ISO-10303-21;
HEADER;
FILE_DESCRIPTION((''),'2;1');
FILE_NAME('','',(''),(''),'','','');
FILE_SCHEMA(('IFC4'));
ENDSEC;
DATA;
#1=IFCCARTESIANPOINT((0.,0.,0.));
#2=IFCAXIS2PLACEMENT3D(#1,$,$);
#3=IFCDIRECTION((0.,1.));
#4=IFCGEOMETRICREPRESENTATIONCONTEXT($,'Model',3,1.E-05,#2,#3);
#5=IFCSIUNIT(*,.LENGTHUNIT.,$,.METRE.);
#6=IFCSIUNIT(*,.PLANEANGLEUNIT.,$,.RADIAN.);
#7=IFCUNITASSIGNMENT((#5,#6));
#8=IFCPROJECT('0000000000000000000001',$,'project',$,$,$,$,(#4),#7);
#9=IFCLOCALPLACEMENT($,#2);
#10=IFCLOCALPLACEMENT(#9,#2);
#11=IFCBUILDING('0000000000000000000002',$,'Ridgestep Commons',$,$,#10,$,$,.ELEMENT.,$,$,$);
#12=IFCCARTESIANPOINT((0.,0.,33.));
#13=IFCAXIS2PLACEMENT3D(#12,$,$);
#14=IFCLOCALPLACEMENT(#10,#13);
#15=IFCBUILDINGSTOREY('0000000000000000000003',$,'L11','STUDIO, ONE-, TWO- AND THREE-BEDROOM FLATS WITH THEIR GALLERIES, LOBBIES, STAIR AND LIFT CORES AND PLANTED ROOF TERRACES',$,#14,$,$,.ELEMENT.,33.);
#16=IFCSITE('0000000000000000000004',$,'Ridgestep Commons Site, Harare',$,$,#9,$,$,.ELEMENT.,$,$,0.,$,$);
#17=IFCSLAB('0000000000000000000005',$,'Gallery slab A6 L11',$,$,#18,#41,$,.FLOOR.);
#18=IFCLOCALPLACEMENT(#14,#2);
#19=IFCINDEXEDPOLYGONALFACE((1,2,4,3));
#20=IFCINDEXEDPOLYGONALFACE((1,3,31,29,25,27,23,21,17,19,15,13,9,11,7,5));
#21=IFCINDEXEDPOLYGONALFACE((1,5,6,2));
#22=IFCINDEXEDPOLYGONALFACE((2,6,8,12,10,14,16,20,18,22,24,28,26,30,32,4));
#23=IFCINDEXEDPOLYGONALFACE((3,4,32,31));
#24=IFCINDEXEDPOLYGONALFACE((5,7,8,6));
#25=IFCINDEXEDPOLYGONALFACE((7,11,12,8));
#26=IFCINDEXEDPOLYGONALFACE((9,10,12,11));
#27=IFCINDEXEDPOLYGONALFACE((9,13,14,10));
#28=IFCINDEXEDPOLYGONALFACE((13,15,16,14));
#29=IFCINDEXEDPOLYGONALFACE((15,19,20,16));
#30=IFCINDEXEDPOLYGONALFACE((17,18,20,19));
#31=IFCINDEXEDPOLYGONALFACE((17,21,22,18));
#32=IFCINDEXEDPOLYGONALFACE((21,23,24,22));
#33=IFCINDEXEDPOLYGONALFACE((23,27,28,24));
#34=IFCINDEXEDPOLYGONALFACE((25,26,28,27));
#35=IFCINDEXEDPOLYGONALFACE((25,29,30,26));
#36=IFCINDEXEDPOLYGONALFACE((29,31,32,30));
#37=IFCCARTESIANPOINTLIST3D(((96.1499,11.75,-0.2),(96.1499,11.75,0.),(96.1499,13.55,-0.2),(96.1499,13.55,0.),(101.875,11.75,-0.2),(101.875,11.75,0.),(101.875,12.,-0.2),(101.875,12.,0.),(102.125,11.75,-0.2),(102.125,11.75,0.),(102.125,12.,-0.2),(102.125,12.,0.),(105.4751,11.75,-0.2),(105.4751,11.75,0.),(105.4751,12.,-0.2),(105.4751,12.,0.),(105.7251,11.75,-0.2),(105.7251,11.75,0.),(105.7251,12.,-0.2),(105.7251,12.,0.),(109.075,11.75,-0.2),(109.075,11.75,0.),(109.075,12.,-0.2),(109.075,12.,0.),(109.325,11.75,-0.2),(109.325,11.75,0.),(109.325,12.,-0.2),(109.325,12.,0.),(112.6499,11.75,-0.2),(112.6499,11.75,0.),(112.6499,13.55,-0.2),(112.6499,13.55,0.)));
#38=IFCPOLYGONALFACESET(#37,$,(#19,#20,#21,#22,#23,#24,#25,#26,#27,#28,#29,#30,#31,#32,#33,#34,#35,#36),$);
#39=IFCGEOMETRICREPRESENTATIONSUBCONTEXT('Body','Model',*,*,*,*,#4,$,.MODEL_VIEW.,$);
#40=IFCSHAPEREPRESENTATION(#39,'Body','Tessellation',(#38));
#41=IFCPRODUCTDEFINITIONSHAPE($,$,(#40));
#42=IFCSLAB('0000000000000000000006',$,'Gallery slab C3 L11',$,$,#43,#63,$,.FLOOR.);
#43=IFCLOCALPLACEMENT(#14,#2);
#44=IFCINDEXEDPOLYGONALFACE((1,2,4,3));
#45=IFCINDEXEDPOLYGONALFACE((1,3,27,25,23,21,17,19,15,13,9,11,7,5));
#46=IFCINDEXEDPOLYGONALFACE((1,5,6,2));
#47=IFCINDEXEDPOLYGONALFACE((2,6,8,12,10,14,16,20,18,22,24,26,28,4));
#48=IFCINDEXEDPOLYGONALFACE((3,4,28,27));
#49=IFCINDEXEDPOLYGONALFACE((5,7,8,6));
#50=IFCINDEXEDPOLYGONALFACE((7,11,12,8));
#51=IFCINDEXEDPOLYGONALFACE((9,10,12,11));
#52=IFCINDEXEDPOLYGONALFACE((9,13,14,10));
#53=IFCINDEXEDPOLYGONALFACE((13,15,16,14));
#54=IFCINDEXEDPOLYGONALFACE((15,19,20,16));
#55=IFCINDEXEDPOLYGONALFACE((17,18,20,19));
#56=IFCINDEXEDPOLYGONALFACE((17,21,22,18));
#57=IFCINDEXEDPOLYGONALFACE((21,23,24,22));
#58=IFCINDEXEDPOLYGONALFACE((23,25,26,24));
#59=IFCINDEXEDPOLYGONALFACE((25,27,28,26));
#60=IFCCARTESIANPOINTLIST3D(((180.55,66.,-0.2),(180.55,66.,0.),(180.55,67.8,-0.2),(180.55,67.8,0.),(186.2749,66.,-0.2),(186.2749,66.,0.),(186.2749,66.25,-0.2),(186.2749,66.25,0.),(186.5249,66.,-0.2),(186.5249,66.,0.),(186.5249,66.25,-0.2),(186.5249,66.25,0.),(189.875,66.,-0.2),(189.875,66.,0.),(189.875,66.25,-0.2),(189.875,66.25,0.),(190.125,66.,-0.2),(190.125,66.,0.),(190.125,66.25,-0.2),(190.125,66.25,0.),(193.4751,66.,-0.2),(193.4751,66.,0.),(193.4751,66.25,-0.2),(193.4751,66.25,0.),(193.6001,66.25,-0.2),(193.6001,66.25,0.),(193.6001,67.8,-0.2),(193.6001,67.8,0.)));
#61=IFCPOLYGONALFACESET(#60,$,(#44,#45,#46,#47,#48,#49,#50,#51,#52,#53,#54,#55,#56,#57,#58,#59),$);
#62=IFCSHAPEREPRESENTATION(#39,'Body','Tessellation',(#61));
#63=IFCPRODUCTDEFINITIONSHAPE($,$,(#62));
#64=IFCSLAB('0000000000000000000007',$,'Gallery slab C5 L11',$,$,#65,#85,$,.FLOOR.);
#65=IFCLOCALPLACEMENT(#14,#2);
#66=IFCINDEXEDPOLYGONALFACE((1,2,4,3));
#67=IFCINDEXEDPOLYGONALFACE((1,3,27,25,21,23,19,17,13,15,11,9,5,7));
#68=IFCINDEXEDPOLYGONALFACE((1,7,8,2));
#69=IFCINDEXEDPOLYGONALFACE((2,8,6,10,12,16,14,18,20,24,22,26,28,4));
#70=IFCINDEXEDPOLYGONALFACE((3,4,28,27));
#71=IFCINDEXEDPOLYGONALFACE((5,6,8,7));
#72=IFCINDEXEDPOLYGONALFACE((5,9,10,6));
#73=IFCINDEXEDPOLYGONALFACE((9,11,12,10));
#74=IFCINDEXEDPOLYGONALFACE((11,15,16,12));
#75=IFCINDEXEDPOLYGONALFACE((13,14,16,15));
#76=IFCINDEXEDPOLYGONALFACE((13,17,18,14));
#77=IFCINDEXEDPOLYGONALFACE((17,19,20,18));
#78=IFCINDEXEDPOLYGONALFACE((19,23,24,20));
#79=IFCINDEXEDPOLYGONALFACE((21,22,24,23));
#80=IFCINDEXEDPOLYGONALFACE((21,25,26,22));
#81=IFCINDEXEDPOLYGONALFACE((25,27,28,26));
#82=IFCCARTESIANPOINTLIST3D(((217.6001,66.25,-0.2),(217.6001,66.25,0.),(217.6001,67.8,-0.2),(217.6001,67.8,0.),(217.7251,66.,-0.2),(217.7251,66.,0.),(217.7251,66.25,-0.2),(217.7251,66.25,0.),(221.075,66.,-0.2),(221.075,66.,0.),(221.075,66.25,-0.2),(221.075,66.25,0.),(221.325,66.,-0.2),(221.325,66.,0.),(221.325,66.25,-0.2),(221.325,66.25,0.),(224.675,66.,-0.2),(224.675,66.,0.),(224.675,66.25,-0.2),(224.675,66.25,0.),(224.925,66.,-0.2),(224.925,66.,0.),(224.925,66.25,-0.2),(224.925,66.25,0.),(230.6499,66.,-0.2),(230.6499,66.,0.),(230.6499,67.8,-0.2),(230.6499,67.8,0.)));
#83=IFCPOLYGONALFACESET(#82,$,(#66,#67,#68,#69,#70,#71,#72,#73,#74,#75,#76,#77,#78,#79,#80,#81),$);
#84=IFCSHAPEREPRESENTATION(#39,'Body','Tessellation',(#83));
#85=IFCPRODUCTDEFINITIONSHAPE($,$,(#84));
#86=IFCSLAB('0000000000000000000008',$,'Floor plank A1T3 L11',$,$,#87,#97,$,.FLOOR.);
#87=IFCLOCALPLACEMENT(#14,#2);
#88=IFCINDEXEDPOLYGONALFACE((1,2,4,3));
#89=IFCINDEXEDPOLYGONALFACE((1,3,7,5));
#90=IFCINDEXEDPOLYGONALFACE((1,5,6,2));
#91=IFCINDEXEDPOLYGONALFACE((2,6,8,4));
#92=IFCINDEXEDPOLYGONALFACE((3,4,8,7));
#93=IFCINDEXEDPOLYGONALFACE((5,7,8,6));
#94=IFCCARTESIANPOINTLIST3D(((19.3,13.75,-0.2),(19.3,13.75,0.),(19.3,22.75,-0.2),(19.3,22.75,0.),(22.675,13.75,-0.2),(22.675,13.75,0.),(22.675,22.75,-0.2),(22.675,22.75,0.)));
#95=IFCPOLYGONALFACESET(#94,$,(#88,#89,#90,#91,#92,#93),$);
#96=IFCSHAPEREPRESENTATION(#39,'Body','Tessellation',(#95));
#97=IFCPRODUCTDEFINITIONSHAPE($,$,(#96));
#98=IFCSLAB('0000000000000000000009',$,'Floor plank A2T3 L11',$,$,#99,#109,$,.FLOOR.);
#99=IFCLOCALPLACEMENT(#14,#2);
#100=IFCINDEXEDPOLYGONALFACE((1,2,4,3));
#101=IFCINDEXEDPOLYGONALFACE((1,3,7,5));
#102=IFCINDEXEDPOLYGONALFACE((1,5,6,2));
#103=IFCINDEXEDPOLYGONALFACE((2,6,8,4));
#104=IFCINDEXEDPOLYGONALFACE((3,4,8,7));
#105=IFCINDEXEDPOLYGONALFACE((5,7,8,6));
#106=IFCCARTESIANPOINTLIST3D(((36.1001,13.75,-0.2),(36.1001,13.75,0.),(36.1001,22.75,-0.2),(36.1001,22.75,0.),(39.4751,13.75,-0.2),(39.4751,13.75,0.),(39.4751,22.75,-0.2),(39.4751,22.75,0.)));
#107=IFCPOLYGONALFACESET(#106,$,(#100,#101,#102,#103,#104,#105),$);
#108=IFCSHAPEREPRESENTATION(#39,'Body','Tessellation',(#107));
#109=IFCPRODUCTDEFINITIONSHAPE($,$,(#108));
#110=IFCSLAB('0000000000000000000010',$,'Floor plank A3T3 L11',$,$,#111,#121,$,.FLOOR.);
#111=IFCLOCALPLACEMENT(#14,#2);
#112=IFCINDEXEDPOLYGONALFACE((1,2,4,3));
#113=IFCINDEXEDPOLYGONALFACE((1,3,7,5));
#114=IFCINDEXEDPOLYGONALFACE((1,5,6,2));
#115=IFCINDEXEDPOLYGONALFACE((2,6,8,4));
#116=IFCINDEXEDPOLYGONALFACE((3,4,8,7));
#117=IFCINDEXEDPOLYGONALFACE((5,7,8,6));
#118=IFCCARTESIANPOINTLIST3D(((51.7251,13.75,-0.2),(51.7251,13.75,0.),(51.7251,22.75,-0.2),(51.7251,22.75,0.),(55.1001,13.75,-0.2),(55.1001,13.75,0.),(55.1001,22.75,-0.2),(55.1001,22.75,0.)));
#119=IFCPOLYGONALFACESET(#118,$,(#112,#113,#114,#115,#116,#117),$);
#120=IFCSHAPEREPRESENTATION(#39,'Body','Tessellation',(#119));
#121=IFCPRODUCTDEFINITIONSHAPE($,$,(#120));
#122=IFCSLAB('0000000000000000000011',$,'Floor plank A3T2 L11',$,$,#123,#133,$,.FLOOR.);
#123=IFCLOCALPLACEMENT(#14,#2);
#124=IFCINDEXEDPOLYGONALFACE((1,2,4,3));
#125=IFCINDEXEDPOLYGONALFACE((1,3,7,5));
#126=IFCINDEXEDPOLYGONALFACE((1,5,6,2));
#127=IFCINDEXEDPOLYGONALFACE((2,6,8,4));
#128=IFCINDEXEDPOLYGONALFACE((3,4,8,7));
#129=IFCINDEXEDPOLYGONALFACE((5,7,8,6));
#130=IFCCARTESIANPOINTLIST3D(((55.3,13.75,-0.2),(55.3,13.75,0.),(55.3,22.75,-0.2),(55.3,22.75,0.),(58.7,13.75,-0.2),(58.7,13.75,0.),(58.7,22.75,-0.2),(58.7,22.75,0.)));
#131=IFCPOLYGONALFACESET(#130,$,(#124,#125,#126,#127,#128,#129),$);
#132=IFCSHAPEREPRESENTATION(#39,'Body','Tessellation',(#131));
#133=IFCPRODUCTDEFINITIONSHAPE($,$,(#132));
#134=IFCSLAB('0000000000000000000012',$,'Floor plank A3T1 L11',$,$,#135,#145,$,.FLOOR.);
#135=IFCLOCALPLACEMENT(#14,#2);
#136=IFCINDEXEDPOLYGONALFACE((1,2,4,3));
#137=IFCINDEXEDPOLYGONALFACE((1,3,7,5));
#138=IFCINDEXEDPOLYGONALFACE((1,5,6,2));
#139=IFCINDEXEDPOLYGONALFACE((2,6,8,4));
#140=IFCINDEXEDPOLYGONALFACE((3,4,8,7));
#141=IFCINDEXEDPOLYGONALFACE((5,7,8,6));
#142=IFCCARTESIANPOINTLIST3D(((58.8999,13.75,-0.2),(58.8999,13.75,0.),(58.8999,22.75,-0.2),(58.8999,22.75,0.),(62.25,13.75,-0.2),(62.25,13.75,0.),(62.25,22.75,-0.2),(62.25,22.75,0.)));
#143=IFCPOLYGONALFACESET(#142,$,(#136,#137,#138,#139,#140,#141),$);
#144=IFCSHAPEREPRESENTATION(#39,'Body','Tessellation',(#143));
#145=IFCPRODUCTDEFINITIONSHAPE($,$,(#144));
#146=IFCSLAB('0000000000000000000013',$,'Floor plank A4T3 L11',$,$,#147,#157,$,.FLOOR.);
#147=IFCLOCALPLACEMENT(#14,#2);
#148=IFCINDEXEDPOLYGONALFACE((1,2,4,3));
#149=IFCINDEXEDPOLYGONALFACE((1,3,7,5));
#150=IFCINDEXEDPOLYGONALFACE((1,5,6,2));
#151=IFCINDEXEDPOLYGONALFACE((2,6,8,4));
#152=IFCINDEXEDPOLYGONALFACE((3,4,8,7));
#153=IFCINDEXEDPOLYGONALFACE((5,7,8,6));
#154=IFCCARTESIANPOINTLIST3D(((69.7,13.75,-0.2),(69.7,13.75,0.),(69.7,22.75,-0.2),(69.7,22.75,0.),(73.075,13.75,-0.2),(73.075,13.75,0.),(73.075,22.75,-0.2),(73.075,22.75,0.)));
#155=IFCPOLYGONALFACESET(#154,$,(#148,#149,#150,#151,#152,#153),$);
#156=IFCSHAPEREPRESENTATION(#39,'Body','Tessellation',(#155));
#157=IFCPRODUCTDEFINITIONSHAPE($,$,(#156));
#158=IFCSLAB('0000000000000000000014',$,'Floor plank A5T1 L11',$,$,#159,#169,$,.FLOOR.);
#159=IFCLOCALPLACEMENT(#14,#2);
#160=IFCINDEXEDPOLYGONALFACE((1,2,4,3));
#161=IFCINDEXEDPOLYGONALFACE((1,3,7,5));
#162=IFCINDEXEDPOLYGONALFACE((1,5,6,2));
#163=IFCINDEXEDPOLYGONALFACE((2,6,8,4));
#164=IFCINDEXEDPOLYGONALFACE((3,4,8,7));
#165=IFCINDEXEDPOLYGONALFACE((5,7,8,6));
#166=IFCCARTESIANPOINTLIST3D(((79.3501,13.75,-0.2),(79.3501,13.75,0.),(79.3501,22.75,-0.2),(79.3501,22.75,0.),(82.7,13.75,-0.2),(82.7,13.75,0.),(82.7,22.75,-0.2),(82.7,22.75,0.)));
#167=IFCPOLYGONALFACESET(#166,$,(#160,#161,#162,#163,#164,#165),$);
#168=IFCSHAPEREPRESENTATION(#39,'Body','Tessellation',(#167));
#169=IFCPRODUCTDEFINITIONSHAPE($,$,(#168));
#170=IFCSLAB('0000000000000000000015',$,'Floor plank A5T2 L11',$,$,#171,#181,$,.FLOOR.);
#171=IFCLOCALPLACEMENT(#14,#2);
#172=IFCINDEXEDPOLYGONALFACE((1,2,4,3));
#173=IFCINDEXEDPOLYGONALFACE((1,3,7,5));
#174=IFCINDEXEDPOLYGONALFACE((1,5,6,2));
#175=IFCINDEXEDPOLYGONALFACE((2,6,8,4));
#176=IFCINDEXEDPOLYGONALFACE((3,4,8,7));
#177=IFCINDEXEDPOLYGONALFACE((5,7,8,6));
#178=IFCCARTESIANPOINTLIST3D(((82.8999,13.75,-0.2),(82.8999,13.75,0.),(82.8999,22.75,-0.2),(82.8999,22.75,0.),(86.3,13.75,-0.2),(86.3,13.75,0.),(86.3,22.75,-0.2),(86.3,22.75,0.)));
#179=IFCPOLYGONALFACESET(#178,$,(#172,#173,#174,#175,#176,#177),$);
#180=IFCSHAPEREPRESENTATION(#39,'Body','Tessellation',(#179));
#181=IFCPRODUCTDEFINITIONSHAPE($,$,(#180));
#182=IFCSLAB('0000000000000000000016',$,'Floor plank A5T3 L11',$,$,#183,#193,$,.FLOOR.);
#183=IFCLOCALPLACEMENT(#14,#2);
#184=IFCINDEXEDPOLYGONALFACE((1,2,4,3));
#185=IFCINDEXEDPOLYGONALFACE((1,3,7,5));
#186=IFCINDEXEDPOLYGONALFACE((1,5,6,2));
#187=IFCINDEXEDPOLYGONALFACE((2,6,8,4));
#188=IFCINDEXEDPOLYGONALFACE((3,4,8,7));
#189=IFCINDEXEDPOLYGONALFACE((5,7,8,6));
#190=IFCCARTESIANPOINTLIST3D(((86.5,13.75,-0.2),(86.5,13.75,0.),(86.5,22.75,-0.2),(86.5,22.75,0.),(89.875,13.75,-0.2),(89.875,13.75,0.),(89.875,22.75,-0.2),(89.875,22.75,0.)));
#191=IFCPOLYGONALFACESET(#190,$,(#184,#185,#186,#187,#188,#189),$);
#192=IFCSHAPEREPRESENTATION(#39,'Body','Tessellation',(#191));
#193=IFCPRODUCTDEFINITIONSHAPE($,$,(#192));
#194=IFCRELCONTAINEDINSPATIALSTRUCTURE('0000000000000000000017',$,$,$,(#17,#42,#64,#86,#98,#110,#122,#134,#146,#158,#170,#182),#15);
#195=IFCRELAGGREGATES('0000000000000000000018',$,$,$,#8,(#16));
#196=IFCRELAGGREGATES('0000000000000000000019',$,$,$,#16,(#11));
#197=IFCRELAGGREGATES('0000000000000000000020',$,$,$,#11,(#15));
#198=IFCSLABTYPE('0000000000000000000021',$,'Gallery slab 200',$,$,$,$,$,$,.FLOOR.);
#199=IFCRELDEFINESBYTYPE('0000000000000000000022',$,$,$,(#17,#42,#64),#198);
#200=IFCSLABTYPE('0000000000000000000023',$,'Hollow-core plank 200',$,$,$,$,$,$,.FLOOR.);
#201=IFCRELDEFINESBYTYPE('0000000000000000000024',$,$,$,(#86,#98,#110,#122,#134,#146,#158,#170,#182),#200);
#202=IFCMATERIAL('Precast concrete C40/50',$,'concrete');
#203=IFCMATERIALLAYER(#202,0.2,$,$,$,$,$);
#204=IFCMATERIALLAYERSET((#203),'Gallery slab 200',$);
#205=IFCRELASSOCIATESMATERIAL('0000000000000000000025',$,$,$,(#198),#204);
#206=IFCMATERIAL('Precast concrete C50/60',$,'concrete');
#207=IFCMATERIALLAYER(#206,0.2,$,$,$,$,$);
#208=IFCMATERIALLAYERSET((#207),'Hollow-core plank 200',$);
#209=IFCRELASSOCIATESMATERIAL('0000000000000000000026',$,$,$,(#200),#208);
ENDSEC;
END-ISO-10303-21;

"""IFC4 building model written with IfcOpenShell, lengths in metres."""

from ifc_helpers import new_model, si_unit, direction, frame, origin, place, context, subcontext, project, spatial, polyline, outline, extrude, material, layer, layer_set, type_object, element, save


model = new_model("IFC4")

# Units and contexts
model_context = context("Model", 3, precision=1e-05, world=origin(), true_north=direction((0.0, 1.0)))
body_context = subcontext(model_context, "Body", "Model", "MODEL_VIEW")
ifc_project = project(units=[si_unit("LENGTHUNIT", "METRE"), si_unit("PLANEANGLEUNIT", "RADIAN")], contexts=[model_context])

# Site, building, storey
site_placement = place(None, origin())
site = spatial("IfcSite", under=ifc_project, at=site_placement, Name="Ridgestep Commons Site, Harare", CompositionType="ELEMENT", RefElevation=0.0)
building_placement = place(site_placement, origin())
building = spatial("IfcBuilding", under=site, at=building_placement, Name="Ridgestep Commons", CompositionType="ELEMENT")
storey_placement = place(building_placement, frame((0.0, 0.0, 33.0)))
storey = spatial("IfcBuildingStorey", under=building, at=storey_placement, Name="L11", Description="STUDIO, ONE-, TWO- AND THREE-BEDROOM FLATS WITH THEIR GALLERIES, LOBBIES, STAIR AND LIFT CORES AND PLANTED ROOF TERRACES", CompositionType="ELEMENT", Elevation=33.0)

# Slabs
ifc_material_1 = material(Name="Precast concrete C40/50", Category="concrete")
ifc_layer_1 = layer(ifc_material_1, 0.2)
ifc_layer_set_1 = layer_set([ifc_layer_1], Name="Gallery slab 200")
slab_type_1 = type_object("IfcSlabType", Name="Gallery slab 200", PredefinedType="FLOOR", material=ifc_layer_set_1)
slab_1_placement = place(storey_placement, frame((0.0, 0.0, -0.2)))
element("IfcSlab", 1, at=slab_1_placement, inside=storey, type_object=slab_type_1, Name="Gallery slab A6 L11", PredefinedType="FLOOR", context=body_context, shape_type="SweptSolid", body=[
    extrude(outline(polyline([(112.6499, 13.55), (96.1499, 13.55), (96.1499, 11.75), (101.875, 11.75), (101.875, 12.0), (102.125, 12.0), (102.125, 11.75), (105.4751, 11.75), (105.4751, 12.0), (105.7251, 12.0), (105.7251, 11.75), (109.075, 11.75), (109.075, 12.0), (109.325, 12.0), (109.325, 11.75), (112.6499, 11.75), (112.6499, 13.55)])), origin(), (0.0, 0.0, 1.0), 0.2),
])
slab_2_placement = place(storey_placement, frame((0.0, 0.0, -0.2)))
element("IfcSlab", 2, at=slab_2_placement, inside=storey, type_object=slab_type_1, Name="Gallery slab C3 L11", PredefinedType="FLOOR", context=body_context, shape_type="SweptSolid", body=[
    extrude(outline(polyline([(193.6001, 67.8), (180.55, 67.8), (180.55, 66.0), (186.2749, 66.0), (186.2749, 66.25), (186.5249, 66.25), (186.5249, 66.0), (189.875, 66.0), (189.875, 66.25), (190.125, 66.25), (190.125, 66.0), (193.4751, 66.0), (193.4751, 66.25), (193.6001, 66.25), (193.6001, 67.8)])), origin(), (0.0, 0.0, 1.0), 0.2),
])
slab_3_placement = place(storey_placement, frame((0.0, 0.0, -0.2)))
element("IfcSlab", 3, at=slab_3_placement, inside=storey, type_object=slab_type_1, Name="Gallery slab C5 L11", PredefinedType="FLOOR", context=body_context, shape_type="SweptSolid", body=[
    extrude(outline(polyline([(230.6499, 66.0), (230.6499, 67.8), (217.6001, 67.8), (217.6001, 66.25), (217.7251, 66.25), (217.7251, 66.0), (221.075, 66.0), (221.075, 66.25), (221.325, 66.25), (221.325, 66.0), (224.675, 66.0), (224.675, 66.25), (224.925, 66.25), (224.925, 66.0), (230.6499, 66.0)])), origin(), (0.0, 0.0, 1.0), 0.2),
])
ifc_material_2 = material(Name="Precast concrete C50/60", Category="concrete")
ifc_layer_2 = layer(ifc_material_2, 0.2)
ifc_layer_set_2 = layer_set([ifc_layer_2], Name="Hollow-core plank 200")
slab_type_2 = type_object("IfcSlabType", Name="Hollow-core plank 200", PredefinedType="FLOOR", material=ifc_layer_set_2)
slab_4_placement = place(storey_placement, frame((0.0, 0.0, -0.2)))
element("IfcSlab", 4, at=slab_4_placement, inside=storey, type_object=slab_type_2, Name="Floor plank A1T3 L11", PredefinedType="FLOOR", context=body_context, shape_type="SweptSolid", body=[
    extrude(outline(polyline([(22.675, 13.75), (22.675, 22.75), (19.3, 22.75), (19.3, 13.75), (22.675, 13.75)])), origin(), (0.0, 0.0, 1.0), 0.2),
])
slab_5_placement = place(storey_placement, frame((0.0, 0.0, -0.2)))
element("IfcSlab", 5, at=slab_5_placement, inside=storey, type_object=slab_type_2, Name="Floor plank A2T3 L11", PredefinedType="FLOOR", context=body_context, shape_type="SweptSolid", body=[
    extrude(outline(polyline([(39.4751, 13.75), (39.4751, 22.75), (36.1001, 22.75), (36.1001, 13.75), (39.4751, 13.75)])), origin(), (0.0, 0.0, 1.0), 0.2),
])
slab_6_placement = place(storey_placement, frame((0.0, 0.0, -0.2)))
element("IfcSlab", 6, at=slab_6_placement, inside=storey, type_object=slab_type_2, Name="Floor plank A3T3 L11", PredefinedType="FLOOR", context=body_context, shape_type="SweptSolid", body=[
    extrude(outline(polyline([(55.1001, 13.75), (55.1001, 22.75), (51.7251, 22.75), (51.7251, 13.75), (55.1001, 13.75)])), origin(), (0.0, 0.0, 1.0), 0.2),
])
slab_7_placement = place(storey_placement, frame((0.0, 0.0, -0.2)))
element("IfcSlab", 7, at=slab_7_placement, inside=storey, type_object=slab_type_2, Name="Floor plank A3T2 L11", PredefinedType="FLOOR", context=body_context, shape_type="SweptSolid", body=[
    extrude(outline(polyline([(58.7, 13.75), (58.7, 22.75), (55.3, 22.75), (55.3, 13.75), (58.7, 13.75)])), origin(), (0.0, 0.0, 1.0), 0.2),
])
slab_8_placement = place(storey_placement, frame((0.0, 0.0, -0.2)))
element("IfcSlab", 8, at=slab_8_placement, inside=storey, type_object=slab_type_2, Name="Floor plank A3T1 L11", PredefinedType="FLOOR", context=body_context, shape_type="SweptSolid", body=[
    extrude(outline(polyline([(62.25, 13.75), (62.25, 22.75), (58.8999, 22.75), (58.8999, 13.75), (62.25, 13.75)])), origin(), (0.0, 0.0, 1.0), 0.2),
])
slab_9_placement = place(storey_placement, frame((0.0, 0.0, -0.2)))
element("IfcSlab", 9, at=slab_9_placement, inside=storey, type_object=slab_type_2, Name="Floor plank A4T3 L11", PredefinedType="FLOOR", context=body_context, shape_type="SweptSolid", body=[
    extrude(outline(polyline([(73.075, 13.75), (73.075, 22.75), (69.7, 22.75), (69.7, 13.75), (73.075, 13.75)])), origin(), (0.0, 0.0, 1.0), 0.2),
])
slab_10_placement = place(storey_placement, frame((0.0, 0.0, -0.2)))
element("IfcSlab", 10, at=slab_10_placement, inside=storey, type_object=slab_type_2, Name="Floor plank A5T1 L11", PredefinedType="FLOOR", context=body_context, shape_type="SweptSolid", body=[
    extrude(outline(polyline([(82.7, 13.75), (82.7, 22.75), (79.3501, 22.75), (79.3501, 13.75), (82.7, 13.75)])), origin(), (0.0, 0.0, 1.0), 0.2),
])
slab_11_placement = place(storey_placement, frame((0.0, 0.0, -0.2)))
element("IfcSlab", 11, at=slab_11_placement, inside=storey, type_object=slab_type_2, Name="Floor plank A5T2 L11", PredefinedType="FLOOR", context=body_context, shape_type="SweptSolid", body=[
    extrude(outline(polyline([(86.3, 13.75), (86.3, 22.75), (82.8999, 22.75), (82.8999, 13.75), (86.3, 13.75)])), origin(), (0.0, 0.0, 1.0), 0.2),
])
slab_12_placement = place(storey_placement, frame((0.0, 0.0, -0.2)))
element("IfcSlab", 12, at=slab_12_placement, inside=storey, type_object=slab_type_2, Name="Floor plank A5T3 L11", PredefinedType="FLOOR", context=body_context, shape_type="SweptSolid", body=[
    extrude(outline(polyline([(89.875, 13.75), (89.875, 22.75), (86.5, 22.75), (86.5, 13.75), (89.875, 13.75)])), origin(), (0.0, 0.0, 1.0), 0.2),
])

save(model, "model.ifc")
